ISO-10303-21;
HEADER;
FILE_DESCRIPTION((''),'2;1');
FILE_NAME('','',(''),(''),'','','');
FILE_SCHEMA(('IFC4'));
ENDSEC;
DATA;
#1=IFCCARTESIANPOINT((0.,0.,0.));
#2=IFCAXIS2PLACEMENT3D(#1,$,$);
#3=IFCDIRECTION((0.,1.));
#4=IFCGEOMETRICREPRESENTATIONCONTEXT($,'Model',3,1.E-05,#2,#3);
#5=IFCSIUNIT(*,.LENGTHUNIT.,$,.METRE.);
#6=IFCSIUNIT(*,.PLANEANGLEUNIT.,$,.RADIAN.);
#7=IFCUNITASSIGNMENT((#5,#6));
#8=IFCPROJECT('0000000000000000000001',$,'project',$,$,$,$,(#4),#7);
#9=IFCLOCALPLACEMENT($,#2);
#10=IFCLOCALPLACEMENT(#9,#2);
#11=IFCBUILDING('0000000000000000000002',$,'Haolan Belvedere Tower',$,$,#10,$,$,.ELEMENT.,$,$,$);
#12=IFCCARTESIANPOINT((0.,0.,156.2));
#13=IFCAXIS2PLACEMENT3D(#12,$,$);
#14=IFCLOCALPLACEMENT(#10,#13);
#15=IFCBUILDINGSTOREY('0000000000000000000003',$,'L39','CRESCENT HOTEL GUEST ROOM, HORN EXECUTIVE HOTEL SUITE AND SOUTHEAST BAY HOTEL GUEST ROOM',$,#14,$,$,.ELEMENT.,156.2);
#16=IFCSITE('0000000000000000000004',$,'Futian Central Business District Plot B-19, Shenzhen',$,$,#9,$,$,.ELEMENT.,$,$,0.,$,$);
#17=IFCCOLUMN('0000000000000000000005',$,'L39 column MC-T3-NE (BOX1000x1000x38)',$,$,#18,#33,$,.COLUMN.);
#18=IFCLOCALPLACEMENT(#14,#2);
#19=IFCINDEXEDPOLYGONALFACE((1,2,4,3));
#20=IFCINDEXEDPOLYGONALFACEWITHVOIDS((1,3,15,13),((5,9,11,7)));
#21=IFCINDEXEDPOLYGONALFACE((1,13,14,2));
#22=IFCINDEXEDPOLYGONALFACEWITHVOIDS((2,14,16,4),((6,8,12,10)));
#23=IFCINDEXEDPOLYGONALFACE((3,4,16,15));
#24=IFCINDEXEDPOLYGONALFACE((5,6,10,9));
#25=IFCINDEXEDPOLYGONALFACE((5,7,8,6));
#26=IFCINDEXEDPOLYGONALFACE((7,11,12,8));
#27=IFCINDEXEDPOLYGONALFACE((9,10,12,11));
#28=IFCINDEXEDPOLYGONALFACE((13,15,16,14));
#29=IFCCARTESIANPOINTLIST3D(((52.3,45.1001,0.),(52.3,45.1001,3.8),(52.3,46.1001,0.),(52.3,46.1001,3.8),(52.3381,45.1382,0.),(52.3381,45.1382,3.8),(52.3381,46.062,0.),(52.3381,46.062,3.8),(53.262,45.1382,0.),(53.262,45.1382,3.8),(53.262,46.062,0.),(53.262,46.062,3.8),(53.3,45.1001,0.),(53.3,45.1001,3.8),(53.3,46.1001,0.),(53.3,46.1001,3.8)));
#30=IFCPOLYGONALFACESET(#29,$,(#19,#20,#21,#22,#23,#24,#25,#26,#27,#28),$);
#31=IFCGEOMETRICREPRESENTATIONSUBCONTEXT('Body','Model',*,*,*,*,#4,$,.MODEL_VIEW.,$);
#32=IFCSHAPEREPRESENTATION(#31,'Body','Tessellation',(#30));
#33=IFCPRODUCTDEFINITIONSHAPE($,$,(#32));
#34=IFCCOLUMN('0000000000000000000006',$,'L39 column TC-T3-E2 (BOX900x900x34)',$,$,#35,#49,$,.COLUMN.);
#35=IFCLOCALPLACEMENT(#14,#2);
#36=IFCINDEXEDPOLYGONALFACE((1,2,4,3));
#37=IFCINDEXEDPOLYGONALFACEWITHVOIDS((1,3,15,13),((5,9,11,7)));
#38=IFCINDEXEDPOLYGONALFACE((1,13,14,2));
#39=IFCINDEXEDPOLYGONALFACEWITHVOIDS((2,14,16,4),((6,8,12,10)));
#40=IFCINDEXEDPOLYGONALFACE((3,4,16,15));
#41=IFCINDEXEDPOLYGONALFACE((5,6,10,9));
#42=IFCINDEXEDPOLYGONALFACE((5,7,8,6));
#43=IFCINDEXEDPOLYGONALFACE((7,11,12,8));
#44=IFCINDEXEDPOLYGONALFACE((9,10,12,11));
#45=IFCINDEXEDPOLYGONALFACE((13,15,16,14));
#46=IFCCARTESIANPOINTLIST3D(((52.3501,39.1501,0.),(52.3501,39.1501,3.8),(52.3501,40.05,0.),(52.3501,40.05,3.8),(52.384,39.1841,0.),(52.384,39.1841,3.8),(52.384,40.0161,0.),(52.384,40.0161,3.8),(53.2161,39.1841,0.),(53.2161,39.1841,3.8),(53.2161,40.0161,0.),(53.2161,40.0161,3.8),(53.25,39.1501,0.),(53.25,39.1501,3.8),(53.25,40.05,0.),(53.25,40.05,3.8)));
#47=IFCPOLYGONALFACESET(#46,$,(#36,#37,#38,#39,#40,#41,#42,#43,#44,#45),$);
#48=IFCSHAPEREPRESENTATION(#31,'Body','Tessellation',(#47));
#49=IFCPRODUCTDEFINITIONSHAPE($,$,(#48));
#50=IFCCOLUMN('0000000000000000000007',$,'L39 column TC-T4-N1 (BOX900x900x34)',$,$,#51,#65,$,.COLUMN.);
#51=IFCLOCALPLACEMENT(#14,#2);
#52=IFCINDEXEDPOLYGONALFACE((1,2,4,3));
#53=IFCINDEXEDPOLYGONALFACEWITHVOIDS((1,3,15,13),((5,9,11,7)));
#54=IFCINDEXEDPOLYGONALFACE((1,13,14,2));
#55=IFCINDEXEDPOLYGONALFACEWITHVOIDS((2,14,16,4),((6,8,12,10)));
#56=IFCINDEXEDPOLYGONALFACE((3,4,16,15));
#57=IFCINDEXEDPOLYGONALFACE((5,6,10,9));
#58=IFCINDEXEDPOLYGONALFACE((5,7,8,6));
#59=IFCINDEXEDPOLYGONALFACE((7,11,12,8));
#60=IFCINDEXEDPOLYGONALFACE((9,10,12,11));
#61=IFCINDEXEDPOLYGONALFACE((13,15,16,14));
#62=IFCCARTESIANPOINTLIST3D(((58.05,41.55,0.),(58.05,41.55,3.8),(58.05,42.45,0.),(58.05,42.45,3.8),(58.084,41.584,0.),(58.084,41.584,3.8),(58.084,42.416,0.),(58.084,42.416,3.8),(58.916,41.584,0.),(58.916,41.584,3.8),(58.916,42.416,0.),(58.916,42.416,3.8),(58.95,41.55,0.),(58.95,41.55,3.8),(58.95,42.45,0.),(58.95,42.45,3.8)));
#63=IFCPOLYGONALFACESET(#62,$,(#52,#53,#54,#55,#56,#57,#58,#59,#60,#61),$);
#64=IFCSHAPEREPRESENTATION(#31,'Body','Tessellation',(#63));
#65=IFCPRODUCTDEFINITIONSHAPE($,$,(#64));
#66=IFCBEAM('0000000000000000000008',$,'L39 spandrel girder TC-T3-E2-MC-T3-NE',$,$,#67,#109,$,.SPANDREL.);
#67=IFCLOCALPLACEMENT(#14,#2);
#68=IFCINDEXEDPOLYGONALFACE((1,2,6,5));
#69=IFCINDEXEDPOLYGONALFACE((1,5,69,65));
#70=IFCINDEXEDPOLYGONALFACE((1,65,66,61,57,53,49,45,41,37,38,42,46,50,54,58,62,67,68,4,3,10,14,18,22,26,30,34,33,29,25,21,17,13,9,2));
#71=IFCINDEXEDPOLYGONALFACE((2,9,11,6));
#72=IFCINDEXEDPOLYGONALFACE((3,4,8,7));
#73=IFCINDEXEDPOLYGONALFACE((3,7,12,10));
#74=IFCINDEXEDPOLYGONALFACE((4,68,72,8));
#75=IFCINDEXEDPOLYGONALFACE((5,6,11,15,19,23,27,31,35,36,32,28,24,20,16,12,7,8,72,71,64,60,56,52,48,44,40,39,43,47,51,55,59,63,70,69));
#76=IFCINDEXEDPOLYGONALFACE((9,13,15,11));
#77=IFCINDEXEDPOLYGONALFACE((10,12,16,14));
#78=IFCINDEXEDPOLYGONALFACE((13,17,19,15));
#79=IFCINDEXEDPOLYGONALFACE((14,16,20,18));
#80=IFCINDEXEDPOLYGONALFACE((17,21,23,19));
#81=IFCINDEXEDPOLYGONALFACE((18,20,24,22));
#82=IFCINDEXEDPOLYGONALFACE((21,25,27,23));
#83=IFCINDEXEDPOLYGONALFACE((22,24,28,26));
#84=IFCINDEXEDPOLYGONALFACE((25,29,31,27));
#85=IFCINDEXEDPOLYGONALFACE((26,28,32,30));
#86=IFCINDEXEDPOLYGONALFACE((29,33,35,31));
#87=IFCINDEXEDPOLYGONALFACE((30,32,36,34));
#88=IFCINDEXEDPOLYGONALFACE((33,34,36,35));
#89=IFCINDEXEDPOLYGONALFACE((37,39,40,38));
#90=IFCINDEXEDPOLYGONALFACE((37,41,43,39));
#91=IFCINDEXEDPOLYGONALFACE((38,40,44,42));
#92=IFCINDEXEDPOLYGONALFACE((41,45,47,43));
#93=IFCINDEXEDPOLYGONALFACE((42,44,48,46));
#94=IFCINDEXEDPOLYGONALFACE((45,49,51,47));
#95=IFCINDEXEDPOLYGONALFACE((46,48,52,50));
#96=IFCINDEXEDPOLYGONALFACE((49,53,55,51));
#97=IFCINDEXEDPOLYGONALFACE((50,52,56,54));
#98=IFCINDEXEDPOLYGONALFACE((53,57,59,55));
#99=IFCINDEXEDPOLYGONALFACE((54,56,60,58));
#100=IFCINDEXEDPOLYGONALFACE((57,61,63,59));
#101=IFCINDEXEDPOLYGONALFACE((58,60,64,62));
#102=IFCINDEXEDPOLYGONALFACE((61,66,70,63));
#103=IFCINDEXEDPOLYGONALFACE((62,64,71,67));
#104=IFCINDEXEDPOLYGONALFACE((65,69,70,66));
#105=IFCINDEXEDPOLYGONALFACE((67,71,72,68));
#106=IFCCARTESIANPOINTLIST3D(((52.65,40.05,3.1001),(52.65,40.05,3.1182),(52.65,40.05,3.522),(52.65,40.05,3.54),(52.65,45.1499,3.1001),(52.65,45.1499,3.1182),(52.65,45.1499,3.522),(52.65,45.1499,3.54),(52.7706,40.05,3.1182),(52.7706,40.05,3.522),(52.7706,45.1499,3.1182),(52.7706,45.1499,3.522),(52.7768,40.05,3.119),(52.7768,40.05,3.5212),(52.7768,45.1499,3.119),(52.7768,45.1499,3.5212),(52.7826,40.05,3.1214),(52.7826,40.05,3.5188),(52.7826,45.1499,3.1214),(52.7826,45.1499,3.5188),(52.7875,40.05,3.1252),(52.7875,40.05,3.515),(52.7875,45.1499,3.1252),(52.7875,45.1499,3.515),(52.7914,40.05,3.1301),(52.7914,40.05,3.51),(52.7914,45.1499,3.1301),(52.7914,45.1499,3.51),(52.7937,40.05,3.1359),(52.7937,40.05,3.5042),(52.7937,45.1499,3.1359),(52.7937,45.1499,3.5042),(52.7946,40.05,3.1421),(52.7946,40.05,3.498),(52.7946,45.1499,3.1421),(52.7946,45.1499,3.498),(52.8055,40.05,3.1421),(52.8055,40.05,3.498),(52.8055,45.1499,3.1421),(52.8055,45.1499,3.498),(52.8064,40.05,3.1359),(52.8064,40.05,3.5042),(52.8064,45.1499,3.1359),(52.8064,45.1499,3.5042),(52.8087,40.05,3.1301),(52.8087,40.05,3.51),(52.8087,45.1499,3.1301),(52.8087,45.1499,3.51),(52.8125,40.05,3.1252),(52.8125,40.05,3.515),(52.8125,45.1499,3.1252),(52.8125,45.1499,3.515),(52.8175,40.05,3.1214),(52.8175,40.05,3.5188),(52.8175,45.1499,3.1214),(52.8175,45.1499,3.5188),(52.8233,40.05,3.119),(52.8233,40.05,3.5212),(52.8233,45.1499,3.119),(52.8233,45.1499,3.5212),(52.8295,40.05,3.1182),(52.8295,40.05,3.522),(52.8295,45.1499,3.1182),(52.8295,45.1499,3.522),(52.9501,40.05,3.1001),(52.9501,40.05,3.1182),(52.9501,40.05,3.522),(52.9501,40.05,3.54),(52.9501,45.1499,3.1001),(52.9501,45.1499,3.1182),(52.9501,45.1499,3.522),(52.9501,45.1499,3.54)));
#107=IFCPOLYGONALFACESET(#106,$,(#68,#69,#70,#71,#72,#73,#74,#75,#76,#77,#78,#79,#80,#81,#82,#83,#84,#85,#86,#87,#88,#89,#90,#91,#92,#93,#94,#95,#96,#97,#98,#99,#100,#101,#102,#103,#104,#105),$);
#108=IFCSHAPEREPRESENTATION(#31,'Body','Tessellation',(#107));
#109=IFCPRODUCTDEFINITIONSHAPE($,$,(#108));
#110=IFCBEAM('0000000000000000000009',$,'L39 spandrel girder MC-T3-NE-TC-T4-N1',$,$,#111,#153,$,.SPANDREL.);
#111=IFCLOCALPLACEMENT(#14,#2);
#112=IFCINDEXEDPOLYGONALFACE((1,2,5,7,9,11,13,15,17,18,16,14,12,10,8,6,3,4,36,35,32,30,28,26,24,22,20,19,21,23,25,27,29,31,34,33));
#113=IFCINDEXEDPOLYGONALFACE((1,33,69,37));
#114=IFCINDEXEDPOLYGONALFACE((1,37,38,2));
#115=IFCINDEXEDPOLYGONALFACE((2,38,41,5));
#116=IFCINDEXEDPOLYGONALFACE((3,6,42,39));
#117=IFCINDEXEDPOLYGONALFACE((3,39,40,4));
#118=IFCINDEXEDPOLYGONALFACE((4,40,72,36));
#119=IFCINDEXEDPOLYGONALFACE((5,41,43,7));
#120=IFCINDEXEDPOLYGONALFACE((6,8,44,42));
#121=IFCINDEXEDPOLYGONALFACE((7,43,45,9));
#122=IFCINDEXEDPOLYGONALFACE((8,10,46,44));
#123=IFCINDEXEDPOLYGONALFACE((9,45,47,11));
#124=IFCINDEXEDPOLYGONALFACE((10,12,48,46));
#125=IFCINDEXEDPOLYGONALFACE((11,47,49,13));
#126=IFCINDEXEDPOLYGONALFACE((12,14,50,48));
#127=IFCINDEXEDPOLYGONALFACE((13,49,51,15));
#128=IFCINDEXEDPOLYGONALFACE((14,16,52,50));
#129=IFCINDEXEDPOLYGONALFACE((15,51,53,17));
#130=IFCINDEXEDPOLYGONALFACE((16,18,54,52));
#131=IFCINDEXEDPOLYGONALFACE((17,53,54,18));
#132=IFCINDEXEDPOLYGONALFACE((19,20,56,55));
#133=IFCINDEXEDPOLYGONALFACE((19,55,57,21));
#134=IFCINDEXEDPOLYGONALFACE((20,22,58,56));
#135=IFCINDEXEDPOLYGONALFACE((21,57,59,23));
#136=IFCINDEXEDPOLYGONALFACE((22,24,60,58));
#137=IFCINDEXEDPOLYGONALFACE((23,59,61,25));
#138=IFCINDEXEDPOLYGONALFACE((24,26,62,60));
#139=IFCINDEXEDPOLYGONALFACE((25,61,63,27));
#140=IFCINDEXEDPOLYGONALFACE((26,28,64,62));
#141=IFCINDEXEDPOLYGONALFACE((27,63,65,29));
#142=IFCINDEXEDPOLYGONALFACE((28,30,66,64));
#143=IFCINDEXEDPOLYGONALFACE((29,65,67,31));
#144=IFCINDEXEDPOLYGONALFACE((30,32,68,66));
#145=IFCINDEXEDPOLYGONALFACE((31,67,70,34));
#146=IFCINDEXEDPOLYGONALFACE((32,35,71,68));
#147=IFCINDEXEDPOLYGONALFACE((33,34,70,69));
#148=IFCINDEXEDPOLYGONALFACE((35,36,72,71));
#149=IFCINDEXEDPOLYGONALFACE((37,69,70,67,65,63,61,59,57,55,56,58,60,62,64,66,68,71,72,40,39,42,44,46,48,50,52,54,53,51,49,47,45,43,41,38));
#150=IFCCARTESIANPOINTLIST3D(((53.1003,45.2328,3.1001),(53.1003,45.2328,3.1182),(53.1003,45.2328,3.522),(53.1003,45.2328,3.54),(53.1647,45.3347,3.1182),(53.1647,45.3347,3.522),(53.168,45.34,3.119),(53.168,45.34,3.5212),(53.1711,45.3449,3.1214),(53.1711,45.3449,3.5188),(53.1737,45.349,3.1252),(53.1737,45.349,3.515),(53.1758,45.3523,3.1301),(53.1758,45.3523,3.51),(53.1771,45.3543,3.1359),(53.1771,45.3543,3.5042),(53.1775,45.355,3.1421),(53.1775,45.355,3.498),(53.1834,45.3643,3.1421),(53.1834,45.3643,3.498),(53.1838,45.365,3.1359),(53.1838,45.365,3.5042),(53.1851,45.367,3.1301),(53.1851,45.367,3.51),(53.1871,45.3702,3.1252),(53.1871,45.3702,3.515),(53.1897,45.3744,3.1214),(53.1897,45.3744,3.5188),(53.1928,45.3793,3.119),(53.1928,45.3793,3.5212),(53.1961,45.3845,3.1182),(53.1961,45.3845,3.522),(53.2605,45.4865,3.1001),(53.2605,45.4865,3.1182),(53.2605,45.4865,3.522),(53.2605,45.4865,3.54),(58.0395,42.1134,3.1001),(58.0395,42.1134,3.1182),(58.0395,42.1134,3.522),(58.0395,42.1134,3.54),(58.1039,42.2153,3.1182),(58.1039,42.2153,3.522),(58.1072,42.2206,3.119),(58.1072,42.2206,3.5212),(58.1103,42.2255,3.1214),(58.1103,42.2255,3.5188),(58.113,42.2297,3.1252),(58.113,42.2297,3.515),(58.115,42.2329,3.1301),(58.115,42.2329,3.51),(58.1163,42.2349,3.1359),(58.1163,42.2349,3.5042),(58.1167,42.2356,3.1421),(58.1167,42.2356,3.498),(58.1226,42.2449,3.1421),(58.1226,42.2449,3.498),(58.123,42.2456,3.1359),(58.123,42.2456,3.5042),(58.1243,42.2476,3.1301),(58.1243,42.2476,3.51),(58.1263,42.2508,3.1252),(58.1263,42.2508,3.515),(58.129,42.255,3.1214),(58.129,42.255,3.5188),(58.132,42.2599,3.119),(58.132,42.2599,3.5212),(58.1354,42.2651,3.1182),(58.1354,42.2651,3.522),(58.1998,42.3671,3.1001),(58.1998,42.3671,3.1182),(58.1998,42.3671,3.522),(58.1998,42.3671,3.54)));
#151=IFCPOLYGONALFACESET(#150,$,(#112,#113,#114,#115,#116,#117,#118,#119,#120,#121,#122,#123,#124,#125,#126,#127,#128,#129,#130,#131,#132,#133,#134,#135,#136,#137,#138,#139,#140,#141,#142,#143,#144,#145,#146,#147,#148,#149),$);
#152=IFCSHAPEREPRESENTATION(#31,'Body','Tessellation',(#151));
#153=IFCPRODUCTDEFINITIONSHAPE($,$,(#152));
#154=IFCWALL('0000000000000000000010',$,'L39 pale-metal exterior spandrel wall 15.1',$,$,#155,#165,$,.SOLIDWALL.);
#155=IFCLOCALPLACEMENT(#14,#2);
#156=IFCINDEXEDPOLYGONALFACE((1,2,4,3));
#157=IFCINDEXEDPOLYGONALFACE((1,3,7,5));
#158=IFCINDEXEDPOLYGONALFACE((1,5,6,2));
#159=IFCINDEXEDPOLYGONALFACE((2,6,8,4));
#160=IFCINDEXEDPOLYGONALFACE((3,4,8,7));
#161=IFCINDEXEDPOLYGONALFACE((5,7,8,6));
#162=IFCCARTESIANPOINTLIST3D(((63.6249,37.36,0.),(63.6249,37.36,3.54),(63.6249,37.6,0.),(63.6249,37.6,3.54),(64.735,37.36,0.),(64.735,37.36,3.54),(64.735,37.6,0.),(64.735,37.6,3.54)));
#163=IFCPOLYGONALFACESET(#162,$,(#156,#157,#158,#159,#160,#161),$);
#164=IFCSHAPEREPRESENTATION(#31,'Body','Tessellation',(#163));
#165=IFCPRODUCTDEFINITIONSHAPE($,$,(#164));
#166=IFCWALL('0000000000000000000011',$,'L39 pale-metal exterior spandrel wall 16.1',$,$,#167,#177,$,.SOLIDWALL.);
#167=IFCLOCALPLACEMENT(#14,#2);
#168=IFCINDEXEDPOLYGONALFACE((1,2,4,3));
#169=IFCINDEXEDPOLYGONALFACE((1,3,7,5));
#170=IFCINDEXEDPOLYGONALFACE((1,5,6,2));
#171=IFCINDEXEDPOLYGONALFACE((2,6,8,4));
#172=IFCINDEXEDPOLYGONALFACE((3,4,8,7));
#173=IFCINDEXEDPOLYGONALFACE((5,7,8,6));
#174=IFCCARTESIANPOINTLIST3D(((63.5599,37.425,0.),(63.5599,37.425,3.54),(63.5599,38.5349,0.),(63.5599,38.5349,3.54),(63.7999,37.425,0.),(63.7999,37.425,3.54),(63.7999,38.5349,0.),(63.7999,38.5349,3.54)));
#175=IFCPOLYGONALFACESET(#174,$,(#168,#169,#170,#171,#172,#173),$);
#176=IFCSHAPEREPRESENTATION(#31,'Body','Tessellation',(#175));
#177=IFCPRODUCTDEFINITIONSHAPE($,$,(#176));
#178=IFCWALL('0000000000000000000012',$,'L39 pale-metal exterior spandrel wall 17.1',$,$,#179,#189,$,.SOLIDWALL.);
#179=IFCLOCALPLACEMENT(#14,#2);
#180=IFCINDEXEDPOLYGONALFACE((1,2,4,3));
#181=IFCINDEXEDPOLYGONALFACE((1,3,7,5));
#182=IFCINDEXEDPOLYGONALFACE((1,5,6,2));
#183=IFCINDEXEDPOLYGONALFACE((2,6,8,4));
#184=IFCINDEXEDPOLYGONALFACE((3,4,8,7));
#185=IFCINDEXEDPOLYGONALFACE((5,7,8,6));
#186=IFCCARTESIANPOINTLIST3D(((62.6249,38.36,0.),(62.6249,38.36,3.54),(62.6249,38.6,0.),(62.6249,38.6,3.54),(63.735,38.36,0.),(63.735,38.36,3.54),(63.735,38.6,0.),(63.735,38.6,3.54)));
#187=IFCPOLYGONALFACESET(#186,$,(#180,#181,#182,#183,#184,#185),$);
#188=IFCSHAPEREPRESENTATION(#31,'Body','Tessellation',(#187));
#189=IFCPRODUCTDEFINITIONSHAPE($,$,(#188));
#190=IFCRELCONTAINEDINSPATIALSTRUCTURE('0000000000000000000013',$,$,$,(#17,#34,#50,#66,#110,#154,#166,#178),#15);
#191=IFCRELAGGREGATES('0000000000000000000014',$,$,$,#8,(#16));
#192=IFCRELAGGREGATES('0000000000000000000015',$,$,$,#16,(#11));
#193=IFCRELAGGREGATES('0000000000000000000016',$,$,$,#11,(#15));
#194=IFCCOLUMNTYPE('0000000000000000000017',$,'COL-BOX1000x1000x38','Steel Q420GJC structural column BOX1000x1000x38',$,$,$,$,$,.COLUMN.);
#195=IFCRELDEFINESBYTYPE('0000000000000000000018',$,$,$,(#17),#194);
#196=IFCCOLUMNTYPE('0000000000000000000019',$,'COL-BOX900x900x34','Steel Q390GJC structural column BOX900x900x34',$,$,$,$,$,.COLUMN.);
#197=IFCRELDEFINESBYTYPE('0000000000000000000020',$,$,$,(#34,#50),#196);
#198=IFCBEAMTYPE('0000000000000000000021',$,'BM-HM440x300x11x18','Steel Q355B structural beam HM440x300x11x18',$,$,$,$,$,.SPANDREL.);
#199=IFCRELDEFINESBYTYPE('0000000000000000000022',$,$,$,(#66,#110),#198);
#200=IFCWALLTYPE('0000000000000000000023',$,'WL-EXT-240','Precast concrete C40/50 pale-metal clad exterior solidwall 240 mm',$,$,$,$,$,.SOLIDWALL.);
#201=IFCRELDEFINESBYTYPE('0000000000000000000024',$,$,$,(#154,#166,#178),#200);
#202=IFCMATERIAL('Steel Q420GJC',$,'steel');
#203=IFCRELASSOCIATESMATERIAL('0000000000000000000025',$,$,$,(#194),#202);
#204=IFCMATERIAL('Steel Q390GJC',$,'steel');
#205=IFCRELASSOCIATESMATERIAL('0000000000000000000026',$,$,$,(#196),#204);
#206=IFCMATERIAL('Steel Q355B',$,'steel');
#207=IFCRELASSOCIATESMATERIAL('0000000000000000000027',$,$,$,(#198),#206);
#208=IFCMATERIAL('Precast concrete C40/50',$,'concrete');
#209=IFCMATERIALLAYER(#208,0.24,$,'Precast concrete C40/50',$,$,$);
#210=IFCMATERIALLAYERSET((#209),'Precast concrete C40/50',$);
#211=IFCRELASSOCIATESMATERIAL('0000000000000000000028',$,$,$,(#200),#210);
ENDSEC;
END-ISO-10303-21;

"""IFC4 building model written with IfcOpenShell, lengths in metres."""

from ifc_helpers import new_model, si_unit, direction, frame, frame_2d, origin, origin_2d, place, context, subcontext, project, spatial, rectangle, hollow_rectangle, i_section, extrude, material, layer, layer_set, material_profile, profile_set, type_object, element, save


model = new_model("IFC4")

# Units and contexts
model_context = context("Model", 3, precision=1e-05, world=origin(), true_north=direction((0.0, 1.0)))
body_context = subcontext(model_context, "Body", "Model", "MODEL_VIEW")
ifc_project = project(units=[si_unit("LENGTHUNIT", "METRE"), si_unit("PLANEANGLEUNIT", "RADIAN")], contexts=[model_context])

# Site, building, storey
site_placement = place(None, origin())
site = spatial("IfcSite", under=ifc_project, at=site_placement, Name="Futian Central Business District Plot B-19, Shenzhen", CompositionType="ELEMENT", RefElevation=0.0)
building_placement = place(site_placement, origin())
building = spatial("IfcBuilding", under=site, at=building_placement, Name="Haolan Belvedere Tower", CompositionType="ELEMENT")
storey_placement = place(building_placement, frame((0.0, 0.0, 156.2)))
storey = spatial("IfcBuildingStorey", under=building, at=storey_placement, Name="L39", Description="CRESCENT HOTEL GUEST ROOM, HORN EXECUTIVE HOTEL SUITE AND SOUTHEAST BAY HOTEL GUEST ROOM", CompositionType="ELEMENT", Elevation=156.2)

# Columns
ifc_material_1 = material(Name="Steel Q420GJC", Category="steel")
ifc_material_profile_1 = material_profile(ifc_material_1, hollow_rectangle(XDim=1.0, YDim=1.0, WallThickness=0.0381, at=origin_2d()), Name="Steel Q420GJC")
ifc_profile_set_1 = profile_set([ifc_material_profile_1], Name="Steel Q420GJC")
column_type_1 = type_object("IfcColumnType", Name="COL-BOX1000x1000x38", Description="Steel Q420GJC structural column BOX1000x1000x38", PredefinedType="COLUMN", material=ifc_profile_set_1)
column_placement = place(storey_placement, frame((52.8, 45.6001, 0.0), z_axis=(0.0, 0.0, 1.0), x_axis=(1.0, 0.0, 0.0)))
element("IfcColumn", 1, at=column_placement, inside=storey, type_object=column_type_1, Name="L39 column MC-T3-NE (BOX1000x1000x38)", PredefinedType="COLUMN", context=body_context, shape_type="SweptSolid", body=[
    extrude(hollow_rectangle(XDim=1.0, YDim=1.0, WallThickness=0.0381, at=origin_2d()), origin(), (0.0, 0.0, 1.0), 3.8),
])
ifc_material_2 = material(Name="Steel Q390GJC", Category="steel")
ifc_material_profile_2 = material_profile(ifc_material_2, hollow_rectangle(XDim=0.8999, YDim=0.8999, WallThickness=0.0339, at=origin_2d()), Name="Steel Q390GJC")
ifc_profile_set_2 = profile_set([ifc_material_profile_2], Name="Steel Q390GJC")
column_type_2 = type_object("IfcColumnType", Name="COL-BOX900x900x34", Description="Steel Q390GJC structural column BOX900x900x34", PredefinedType="COLUMN", material=ifc_profile_set_2)
for number, where, z_axis, x_axis, name in (
    (2, (52.8, 39.6001, 0.0), (0.0, 0.0, 1.0), (1.0, 0.0, 0.0), "L39 column TC-T3-E2 (BOX900x900x34)"),
    (3, (58.5, 42.0, 0.0), (0.0, 0.0, 1.0), (1.0, 0.0, 0.0), "L39 column TC-T4-N1 (BOX900x900x34)"),
):
    element("IfcColumn", number, at=place(storey_placement, frame(where, z_axis=z_axis, x_axis=x_axis)), inside=storey, type_object=column_type_2, Name=name, PredefinedType="COLUMN", context=body_context, shape_type="SweptSolid", body=[
        extrude(hollow_rectangle(XDim=0.8999, YDim=0.8999, WallThickness=0.0339, at=origin_2d()), origin(), (0.0, 0.0, 1.0), 3.8),
    ])

# Beams
ifc_material_3 = material(Name="Steel Q355B", Category="steel")
ifc_material_profile_3 = material_profile(ifc_material_3, i_section(OverallWidth=0.3, OverallDepth=0.4399, WebThickness=0.011, FlangeThickness=0.0181, FilletRadius=0.0239, at=origin_2d()), Name="Steel Q355B")
ifc_profile_set_3 = profile_set([ifc_material_profile_3], Name="Steel Q355B")
beam_type = type_object("IfcBeamType", Name="BM-HM440x300x11x18", Description="Steel Q355B structural beam HM440x300x11x18", PredefinedType="SPANDREL", material=ifc_profile_set_3)
beam_1_placement = place(storey_placement, frame((52.8, 40.05, 3.3201), z_axis=(0.0, 1.0, 0.0), x_axis=(-1.0, 0.0, 0.0)))
element("IfcBeam", 4, at=beam_1_placement, inside=storey, type_object=beam_type, Name="L39 spandrel girder TC-T3-E2-MC-T3-NE", PredefinedType="SPANDREL", context=body_context, shape_type="SweptSolid", body=[
    extrude(i_section(OverallWidth=0.3, OverallDepth=0.4399, WebThickness=0.011, FlangeThickness=0.0181, FilletRadius=0.0239, at=origin_2d()), origin(), (0.0, 0.0, 1.0), 5.0999),
])
beam_2_placement = place(storey_placement, frame((53.1804, 45.3596, 3.3201), z_axis=(0.845498, -0.533979, 0.0), x_axis=(0.533979, 0.845498, 0.0)))
element("IfcBeam", 5, at=beam_2_placement, inside=storey, type_object=beam_type, Name="L39 spandrel girder MC-T3-NE-TC-T4-N1", PredefinedType="SPANDREL", context=body_context, shape_type="SweptSolid", body=[
    extrude(i_section(OverallWidth=0.3, OverallDepth=0.4399, WebThickness=0.011, FlangeThickness=0.0181, FilletRadius=0.0239, at=origin_2d()), origin(), (0.0, 0.0, 1.0), 5.8418),
])

# Walls
ifc_material_4 = material(Name="Precast concrete C40/50", Category="concrete")
ifc_layer_1 = layer(ifc_material_4, 0.24, Name="Precast concrete C40/50")
ifc_layer_set_1 = layer_set([ifc_layer_1], Name="Precast concrete C40/50")
wall_type_1 = type_object("IfcWallType", Name="WL-EXT-240", Description="Precast concrete C40/50 pale-metal clad exterior solidwall 240 mm", PredefinedType="SOLIDWALL", material=ifc_layer_set_1)
wall_1_placement = place(storey_placement, frame((64.7351, 37.48, 0.0), z_axis=(0.0, 0.0, 1.0), x_axis=(-1.0, 0.0, 0.0)))
element("IfcWall", 6, at=wall_1_placement, inside=storey, type_object=wall_type_1, Name="L39 pale-metal exterior spandrel wall 15.1", PredefinedType="SOLIDWALL", context=body_context, shape_type="SweptSolid", body=[
    extrude(rectangle(XDim=1.1101, YDim=0.24, at=frame_2d((0.5552, 0.0))), origin(), (0.0, 0.0, 1.0), 3.54),
])
wall_2_placement = place(storey_placement, frame((63.6799, 37.425, 0.0), z_axis=(0.0, 0.0, 1.0), x_axis=(0.0, 1.0, 0.0)))
element("IfcWall", 7, at=wall_2_placement, inside=storey, type_object=wall_type_1, Name="L39 pale-metal exterior spandrel wall 16.1", PredefinedType="SOLIDWALL", context=body_context, shape_type="SweptSolid", body=[
    extrude(rectangle(XDim=1.1099, YDim=0.24, at=frame_2d((0.5549, 0.0))), origin(), (0.0, 0.0, 1.0), 3.54),
])
wall_3_placement = place(storey_placement, frame((63.7351, 38.48, 0.0), z_axis=(0.0, 0.0, 1.0), x_axis=(-1.0, 0.0, 0.0)))
element("IfcWall", 8, at=wall_3_placement, inside=storey, type_object=wall_type_1, Name="L39 pale-metal exterior spandrel wall 17.1", PredefinedType="SOLIDWALL", context=body_context, shape_type="SweptSolid", body=[
    extrude(rectangle(XDim=1.1101, YDim=0.24, at=frame_2d((0.5552, 0.0))), origin(), (0.0, 0.0, 1.0), 3.54),
])

save(model, "model.ifc")
